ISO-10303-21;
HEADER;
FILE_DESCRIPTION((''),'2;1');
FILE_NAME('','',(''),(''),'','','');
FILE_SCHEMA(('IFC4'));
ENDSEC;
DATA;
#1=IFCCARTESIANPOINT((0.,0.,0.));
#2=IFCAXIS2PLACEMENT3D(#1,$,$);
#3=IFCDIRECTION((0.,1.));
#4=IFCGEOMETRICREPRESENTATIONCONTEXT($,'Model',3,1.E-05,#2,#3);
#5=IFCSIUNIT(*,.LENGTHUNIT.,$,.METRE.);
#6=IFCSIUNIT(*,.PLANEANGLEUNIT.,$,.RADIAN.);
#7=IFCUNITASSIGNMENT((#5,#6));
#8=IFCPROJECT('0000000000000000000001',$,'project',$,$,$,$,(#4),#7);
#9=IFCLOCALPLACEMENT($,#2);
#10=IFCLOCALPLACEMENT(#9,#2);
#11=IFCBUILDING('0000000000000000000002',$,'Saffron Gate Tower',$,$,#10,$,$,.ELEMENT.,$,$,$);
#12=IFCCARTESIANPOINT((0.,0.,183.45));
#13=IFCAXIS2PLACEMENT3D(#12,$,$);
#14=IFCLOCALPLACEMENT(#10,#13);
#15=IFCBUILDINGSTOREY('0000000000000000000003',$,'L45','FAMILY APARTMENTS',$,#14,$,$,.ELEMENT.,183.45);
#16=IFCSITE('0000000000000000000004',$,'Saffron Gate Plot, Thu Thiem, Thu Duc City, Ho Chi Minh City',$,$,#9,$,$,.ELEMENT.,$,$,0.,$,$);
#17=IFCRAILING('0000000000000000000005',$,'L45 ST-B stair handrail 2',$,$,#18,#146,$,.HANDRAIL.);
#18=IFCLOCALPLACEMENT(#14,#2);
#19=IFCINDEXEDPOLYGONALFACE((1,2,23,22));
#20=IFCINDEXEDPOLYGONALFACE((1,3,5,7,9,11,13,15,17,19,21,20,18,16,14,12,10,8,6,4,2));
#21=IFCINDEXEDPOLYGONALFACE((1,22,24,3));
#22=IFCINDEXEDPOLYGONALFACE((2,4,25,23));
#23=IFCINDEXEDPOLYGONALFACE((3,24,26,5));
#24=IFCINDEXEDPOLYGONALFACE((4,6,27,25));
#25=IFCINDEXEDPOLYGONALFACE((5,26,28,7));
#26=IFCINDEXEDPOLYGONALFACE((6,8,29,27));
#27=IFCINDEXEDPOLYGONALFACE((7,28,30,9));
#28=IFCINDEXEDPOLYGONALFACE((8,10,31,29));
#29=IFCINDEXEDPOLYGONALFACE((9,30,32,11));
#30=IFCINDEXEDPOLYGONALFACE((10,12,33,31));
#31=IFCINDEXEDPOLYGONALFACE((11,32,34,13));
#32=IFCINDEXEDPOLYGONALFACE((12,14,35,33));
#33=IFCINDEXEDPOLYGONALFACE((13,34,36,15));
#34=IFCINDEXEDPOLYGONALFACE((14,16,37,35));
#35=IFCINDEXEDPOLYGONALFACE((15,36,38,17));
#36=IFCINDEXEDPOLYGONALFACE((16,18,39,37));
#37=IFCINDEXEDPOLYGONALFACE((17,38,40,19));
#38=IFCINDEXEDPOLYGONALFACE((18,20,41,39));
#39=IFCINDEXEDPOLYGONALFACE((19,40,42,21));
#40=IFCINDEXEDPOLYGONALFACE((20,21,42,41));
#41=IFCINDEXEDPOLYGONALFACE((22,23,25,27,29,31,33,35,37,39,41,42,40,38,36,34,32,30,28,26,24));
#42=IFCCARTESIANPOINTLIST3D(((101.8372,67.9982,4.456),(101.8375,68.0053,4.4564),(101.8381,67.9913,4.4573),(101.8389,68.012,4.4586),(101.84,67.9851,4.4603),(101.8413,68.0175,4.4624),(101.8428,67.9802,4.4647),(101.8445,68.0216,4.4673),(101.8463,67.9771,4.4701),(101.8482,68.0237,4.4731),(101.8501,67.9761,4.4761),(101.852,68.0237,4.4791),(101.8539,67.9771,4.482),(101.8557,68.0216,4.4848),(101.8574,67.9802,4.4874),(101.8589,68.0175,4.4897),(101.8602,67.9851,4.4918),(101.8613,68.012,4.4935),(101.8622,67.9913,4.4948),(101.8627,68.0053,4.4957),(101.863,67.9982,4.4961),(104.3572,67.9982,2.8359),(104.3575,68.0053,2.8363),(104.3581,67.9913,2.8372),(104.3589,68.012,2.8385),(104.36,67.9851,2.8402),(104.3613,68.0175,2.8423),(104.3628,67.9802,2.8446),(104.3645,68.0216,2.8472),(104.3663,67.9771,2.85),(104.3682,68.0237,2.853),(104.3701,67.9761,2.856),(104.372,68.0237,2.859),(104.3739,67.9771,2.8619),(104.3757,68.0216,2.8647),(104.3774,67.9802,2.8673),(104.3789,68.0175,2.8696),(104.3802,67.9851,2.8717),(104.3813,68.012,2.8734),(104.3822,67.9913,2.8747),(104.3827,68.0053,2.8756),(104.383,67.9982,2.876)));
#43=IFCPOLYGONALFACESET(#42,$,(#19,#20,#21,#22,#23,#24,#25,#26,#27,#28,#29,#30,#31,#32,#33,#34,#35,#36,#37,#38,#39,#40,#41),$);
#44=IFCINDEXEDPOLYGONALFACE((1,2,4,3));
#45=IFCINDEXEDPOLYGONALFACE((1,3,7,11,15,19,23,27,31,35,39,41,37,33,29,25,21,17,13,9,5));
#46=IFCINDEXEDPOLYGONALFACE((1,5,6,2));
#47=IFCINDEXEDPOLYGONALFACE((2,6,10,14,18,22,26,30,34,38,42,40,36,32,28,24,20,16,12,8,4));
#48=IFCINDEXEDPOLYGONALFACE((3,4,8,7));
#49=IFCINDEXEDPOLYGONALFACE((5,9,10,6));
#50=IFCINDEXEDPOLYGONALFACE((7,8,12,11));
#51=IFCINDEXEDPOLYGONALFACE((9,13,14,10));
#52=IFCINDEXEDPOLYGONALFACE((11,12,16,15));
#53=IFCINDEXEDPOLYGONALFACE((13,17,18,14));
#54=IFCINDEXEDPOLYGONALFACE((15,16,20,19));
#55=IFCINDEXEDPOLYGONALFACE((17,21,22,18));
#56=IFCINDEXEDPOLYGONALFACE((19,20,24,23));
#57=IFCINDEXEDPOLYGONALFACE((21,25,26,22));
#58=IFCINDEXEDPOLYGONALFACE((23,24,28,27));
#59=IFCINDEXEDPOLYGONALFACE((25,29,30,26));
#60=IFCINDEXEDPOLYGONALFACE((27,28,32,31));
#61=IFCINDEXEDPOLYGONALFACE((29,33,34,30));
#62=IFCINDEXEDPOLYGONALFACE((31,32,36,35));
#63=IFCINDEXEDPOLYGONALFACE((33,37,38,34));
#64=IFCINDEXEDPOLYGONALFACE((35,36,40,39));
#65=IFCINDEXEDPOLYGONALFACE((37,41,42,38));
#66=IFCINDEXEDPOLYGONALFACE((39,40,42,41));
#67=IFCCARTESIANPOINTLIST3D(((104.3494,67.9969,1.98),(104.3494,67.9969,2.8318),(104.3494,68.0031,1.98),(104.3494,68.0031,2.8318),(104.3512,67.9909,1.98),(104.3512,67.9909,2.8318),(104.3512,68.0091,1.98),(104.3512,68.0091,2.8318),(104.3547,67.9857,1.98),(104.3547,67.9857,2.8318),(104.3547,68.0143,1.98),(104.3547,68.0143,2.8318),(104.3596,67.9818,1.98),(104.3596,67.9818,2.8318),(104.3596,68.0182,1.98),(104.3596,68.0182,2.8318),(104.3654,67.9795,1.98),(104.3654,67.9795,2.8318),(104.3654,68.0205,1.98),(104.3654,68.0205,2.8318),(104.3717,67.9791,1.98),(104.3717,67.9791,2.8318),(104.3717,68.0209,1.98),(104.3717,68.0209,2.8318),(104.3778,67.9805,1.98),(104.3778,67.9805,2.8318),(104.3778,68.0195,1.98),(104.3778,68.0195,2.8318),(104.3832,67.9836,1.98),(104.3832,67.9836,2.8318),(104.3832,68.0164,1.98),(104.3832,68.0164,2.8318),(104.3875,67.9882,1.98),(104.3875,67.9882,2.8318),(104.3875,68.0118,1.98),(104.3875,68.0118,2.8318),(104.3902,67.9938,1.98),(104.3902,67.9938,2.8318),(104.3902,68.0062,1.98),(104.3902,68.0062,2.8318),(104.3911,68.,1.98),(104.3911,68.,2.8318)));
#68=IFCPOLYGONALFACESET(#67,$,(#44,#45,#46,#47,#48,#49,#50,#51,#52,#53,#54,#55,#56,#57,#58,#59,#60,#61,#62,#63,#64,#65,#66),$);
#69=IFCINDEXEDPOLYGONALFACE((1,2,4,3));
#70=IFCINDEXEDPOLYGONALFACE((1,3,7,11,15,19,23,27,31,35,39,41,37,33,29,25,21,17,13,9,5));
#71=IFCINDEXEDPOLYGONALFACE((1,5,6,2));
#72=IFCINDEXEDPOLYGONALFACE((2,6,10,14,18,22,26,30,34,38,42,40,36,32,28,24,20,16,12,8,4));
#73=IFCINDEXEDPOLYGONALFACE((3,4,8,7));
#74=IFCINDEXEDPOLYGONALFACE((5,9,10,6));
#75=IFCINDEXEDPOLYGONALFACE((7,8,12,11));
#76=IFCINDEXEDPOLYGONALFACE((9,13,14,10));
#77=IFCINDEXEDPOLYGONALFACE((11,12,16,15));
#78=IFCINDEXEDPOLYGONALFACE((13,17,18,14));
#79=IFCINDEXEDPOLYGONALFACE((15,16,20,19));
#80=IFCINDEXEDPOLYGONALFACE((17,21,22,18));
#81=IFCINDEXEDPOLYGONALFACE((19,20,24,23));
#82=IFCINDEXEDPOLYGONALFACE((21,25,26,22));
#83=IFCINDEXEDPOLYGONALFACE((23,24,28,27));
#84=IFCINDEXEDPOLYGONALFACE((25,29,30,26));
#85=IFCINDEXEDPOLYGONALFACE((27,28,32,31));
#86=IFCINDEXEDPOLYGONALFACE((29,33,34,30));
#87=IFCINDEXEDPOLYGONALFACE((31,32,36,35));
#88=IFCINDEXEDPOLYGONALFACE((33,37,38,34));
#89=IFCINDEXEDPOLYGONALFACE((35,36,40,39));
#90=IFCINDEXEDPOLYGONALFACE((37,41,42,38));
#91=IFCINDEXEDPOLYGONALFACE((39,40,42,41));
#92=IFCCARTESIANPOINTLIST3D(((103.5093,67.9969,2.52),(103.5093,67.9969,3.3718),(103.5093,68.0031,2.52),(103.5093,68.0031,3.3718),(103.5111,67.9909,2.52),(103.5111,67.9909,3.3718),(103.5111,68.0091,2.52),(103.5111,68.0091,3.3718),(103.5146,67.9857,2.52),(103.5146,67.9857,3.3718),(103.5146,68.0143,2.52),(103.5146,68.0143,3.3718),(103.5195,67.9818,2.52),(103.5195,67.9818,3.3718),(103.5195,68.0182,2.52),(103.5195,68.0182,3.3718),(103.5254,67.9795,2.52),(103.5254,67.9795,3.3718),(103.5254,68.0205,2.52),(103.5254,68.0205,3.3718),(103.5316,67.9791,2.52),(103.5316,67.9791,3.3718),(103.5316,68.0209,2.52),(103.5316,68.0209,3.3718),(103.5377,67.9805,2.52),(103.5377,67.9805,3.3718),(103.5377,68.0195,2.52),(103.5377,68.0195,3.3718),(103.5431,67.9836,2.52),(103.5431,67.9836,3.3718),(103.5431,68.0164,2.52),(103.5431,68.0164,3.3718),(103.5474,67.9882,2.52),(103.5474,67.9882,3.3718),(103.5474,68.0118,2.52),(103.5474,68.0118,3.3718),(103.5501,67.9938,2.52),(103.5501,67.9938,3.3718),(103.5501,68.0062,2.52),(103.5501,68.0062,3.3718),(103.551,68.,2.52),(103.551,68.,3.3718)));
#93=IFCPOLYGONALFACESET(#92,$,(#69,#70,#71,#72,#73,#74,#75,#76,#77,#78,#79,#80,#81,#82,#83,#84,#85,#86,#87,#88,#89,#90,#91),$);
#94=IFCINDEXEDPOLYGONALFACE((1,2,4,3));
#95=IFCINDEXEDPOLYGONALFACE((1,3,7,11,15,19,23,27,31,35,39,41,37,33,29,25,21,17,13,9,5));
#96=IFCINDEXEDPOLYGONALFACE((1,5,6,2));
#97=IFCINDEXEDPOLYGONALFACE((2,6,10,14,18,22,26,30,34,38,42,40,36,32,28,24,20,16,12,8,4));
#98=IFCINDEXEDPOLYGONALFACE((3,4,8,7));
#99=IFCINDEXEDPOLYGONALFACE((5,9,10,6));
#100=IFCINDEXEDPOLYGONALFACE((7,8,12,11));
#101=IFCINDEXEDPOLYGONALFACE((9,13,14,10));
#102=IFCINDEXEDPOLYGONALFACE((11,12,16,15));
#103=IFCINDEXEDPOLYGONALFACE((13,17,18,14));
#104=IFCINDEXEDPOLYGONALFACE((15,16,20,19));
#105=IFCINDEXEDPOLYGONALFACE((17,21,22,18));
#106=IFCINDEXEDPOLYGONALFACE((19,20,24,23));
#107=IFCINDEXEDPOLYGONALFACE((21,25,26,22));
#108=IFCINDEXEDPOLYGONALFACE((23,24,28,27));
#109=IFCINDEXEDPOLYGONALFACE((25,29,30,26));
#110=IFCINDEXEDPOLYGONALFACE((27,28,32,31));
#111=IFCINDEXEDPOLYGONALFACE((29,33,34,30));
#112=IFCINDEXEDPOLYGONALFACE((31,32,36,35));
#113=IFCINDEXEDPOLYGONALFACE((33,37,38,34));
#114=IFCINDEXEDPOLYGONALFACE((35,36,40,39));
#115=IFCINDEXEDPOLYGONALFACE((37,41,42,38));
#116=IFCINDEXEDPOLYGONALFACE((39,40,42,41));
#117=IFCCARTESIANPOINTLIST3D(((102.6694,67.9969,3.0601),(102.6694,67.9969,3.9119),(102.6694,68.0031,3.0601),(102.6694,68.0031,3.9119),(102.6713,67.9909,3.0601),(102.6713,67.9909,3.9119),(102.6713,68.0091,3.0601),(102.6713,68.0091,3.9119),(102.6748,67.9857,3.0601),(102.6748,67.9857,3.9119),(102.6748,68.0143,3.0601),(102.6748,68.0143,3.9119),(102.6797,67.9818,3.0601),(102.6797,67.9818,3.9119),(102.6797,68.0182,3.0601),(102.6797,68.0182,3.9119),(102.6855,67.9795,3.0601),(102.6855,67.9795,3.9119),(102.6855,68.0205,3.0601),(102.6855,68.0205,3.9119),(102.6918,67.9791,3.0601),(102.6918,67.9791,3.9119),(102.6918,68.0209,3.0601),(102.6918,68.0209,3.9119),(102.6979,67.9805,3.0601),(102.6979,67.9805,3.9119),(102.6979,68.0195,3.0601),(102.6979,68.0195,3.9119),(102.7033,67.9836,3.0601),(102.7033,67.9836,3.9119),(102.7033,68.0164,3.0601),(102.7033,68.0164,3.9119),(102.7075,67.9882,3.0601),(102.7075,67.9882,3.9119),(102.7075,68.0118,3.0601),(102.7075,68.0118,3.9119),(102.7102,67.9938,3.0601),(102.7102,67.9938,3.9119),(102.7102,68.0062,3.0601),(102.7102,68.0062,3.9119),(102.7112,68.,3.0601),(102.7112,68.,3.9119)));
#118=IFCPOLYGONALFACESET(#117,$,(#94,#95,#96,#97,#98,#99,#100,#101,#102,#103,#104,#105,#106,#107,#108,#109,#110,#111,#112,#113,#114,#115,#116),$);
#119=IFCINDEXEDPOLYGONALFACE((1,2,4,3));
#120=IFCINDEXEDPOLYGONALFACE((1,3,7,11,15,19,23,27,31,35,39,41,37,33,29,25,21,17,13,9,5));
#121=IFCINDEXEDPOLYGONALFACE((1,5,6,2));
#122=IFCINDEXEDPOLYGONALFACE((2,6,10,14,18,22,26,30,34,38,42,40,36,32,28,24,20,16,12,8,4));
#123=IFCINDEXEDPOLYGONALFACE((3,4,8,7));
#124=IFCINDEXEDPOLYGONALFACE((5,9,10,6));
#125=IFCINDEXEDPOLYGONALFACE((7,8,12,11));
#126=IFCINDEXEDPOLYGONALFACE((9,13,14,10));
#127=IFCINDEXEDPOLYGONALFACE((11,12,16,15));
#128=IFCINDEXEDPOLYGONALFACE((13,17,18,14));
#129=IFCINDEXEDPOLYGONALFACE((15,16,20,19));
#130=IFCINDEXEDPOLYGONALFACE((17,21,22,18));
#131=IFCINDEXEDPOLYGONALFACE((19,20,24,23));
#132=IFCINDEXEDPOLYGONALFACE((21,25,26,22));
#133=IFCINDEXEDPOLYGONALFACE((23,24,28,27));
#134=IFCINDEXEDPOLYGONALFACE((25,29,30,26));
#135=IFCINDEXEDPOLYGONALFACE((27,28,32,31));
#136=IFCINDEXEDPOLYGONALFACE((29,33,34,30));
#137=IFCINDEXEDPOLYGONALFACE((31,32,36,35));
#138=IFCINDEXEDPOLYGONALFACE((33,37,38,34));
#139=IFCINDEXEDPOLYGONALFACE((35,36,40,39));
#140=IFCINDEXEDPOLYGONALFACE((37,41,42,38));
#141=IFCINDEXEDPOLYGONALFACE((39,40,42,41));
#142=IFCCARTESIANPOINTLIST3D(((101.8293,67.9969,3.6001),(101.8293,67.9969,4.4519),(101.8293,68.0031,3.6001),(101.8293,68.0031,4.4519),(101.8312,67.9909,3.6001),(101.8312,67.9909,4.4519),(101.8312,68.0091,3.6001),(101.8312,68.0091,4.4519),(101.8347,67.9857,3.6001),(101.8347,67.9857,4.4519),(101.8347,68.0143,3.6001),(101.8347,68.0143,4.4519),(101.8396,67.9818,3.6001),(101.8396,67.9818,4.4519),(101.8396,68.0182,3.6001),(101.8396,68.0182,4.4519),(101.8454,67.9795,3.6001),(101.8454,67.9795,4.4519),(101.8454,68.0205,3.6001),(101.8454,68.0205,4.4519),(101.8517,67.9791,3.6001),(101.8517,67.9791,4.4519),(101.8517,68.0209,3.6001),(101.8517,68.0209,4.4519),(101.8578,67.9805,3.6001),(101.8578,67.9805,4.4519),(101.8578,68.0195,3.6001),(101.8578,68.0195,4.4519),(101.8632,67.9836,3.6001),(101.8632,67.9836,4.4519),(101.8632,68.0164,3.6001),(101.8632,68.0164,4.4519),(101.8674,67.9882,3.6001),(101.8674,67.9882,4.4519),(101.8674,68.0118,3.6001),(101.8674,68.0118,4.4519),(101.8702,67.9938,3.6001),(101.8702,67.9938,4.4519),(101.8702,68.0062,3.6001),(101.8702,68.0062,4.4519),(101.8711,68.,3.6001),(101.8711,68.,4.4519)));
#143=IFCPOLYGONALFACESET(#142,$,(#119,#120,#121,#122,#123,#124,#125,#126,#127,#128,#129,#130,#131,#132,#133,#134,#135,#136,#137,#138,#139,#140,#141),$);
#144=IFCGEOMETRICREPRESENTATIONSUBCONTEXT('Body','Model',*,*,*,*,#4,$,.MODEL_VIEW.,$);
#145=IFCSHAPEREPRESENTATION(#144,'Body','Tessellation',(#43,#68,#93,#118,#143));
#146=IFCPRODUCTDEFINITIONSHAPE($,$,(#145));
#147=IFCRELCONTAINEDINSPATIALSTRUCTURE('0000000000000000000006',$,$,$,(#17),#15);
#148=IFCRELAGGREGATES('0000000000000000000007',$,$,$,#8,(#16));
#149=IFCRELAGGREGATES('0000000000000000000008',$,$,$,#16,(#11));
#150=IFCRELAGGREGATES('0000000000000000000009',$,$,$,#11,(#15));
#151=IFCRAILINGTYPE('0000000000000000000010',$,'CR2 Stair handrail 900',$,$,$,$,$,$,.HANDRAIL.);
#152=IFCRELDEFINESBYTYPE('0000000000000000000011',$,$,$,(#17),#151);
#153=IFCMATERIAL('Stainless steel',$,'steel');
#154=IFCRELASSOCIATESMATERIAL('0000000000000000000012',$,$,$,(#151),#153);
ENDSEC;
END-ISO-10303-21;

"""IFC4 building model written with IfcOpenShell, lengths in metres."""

from ifc_helpers import new_model, si_unit, direction, frame, origin, origin_2d, place, context, subcontext, project, spatial, circle, extrude, material, type_object, element, save


model = new_model("IFC4")

# Units and contexts
model_context = context("Model", 3, precision=1e-05, world=origin(), true_north=direction((0.0, 1.0)))
body_context = subcontext(model_context, "Body", "Model", "MODEL_VIEW")
ifc_project = project(units=[si_unit("LENGTHUNIT", "METRE"), si_unit("PLANEANGLEUNIT", "RADIAN")], contexts=[model_context])

# Site, building, storey
site_placement = place(None, origin())
site = spatial("IfcSite", under=ifc_project, at=site_placement, Name="Saffron Gate Plot, Thu Thiem, Thu Duc City, Ho Chi Minh City", CompositionType="ELEMENT", RefElevation=0.0)
building_placement = place(site_placement, origin())
building = spatial("IfcBuilding", under=site, at=building_placement, Name="Saffron Gate Tower", CompositionType="ELEMENT")
storey_placement = place(building_placement, frame((0.0, 0.0, 183.45)))
storey = spatial("IfcBuildingStorey", under=building, at=storey_placement, Name="L45", Description="FAMILY APARTMENTS", CompositionType="ELEMENT", Elevation=183.45)

# Railing
ifc_material_1 = material(Name="Stainless steel", Category="steel")
railing_type_1 = type_object("IfcRailingType", Name="CR2 Stair handrail 900", PredefinedType="HANDRAIL", material=ifc_material_1)
railing_1_placement = place(storey_placement, frame((104.3701, 68.0, 1.98)))
element("IfcRailing", 1, at=railing_1_placement, inside=storey, type_object=railing_type_1, Name="L45 ST-B stair handrail 2", PredefinedType="HANDRAIL", context=body_context, shape_type="SweptSolid", body=[
    extrude(circle(Radius=0.0239, at=origin_2d()), frame((0.0, 0.0, 0.876), z_axis=(-0.841163, 0.0, 0.540782), x_axis=(0.0, -1.0, 0.0)), (0.0, 0.0, 1.0), 2.9958),
    extrude(circle(Radius=0.021, at=origin_2d()), origin(), (0.0, 0.0, 1.0), 0.8518),
    extrude(circle(Radius=0.021, at=origin_2d()), frame((-0.8401, 0.0, 0.54)), (0.0, 0.0, 1.0), 0.8518),
    extrude(circle(Radius=0.021, at=origin_2d()), frame((-1.6799, 0.0, 1.0801)), (0.0, 0.0, 1.0), 0.8518),
    extrude(circle(Radius=0.021, at=origin_2d()), frame((-2.52, 0.0, 1.6201)), (0.0, 0.0, 1.0), 0.8518),
])

save(model, "model.ifc")
